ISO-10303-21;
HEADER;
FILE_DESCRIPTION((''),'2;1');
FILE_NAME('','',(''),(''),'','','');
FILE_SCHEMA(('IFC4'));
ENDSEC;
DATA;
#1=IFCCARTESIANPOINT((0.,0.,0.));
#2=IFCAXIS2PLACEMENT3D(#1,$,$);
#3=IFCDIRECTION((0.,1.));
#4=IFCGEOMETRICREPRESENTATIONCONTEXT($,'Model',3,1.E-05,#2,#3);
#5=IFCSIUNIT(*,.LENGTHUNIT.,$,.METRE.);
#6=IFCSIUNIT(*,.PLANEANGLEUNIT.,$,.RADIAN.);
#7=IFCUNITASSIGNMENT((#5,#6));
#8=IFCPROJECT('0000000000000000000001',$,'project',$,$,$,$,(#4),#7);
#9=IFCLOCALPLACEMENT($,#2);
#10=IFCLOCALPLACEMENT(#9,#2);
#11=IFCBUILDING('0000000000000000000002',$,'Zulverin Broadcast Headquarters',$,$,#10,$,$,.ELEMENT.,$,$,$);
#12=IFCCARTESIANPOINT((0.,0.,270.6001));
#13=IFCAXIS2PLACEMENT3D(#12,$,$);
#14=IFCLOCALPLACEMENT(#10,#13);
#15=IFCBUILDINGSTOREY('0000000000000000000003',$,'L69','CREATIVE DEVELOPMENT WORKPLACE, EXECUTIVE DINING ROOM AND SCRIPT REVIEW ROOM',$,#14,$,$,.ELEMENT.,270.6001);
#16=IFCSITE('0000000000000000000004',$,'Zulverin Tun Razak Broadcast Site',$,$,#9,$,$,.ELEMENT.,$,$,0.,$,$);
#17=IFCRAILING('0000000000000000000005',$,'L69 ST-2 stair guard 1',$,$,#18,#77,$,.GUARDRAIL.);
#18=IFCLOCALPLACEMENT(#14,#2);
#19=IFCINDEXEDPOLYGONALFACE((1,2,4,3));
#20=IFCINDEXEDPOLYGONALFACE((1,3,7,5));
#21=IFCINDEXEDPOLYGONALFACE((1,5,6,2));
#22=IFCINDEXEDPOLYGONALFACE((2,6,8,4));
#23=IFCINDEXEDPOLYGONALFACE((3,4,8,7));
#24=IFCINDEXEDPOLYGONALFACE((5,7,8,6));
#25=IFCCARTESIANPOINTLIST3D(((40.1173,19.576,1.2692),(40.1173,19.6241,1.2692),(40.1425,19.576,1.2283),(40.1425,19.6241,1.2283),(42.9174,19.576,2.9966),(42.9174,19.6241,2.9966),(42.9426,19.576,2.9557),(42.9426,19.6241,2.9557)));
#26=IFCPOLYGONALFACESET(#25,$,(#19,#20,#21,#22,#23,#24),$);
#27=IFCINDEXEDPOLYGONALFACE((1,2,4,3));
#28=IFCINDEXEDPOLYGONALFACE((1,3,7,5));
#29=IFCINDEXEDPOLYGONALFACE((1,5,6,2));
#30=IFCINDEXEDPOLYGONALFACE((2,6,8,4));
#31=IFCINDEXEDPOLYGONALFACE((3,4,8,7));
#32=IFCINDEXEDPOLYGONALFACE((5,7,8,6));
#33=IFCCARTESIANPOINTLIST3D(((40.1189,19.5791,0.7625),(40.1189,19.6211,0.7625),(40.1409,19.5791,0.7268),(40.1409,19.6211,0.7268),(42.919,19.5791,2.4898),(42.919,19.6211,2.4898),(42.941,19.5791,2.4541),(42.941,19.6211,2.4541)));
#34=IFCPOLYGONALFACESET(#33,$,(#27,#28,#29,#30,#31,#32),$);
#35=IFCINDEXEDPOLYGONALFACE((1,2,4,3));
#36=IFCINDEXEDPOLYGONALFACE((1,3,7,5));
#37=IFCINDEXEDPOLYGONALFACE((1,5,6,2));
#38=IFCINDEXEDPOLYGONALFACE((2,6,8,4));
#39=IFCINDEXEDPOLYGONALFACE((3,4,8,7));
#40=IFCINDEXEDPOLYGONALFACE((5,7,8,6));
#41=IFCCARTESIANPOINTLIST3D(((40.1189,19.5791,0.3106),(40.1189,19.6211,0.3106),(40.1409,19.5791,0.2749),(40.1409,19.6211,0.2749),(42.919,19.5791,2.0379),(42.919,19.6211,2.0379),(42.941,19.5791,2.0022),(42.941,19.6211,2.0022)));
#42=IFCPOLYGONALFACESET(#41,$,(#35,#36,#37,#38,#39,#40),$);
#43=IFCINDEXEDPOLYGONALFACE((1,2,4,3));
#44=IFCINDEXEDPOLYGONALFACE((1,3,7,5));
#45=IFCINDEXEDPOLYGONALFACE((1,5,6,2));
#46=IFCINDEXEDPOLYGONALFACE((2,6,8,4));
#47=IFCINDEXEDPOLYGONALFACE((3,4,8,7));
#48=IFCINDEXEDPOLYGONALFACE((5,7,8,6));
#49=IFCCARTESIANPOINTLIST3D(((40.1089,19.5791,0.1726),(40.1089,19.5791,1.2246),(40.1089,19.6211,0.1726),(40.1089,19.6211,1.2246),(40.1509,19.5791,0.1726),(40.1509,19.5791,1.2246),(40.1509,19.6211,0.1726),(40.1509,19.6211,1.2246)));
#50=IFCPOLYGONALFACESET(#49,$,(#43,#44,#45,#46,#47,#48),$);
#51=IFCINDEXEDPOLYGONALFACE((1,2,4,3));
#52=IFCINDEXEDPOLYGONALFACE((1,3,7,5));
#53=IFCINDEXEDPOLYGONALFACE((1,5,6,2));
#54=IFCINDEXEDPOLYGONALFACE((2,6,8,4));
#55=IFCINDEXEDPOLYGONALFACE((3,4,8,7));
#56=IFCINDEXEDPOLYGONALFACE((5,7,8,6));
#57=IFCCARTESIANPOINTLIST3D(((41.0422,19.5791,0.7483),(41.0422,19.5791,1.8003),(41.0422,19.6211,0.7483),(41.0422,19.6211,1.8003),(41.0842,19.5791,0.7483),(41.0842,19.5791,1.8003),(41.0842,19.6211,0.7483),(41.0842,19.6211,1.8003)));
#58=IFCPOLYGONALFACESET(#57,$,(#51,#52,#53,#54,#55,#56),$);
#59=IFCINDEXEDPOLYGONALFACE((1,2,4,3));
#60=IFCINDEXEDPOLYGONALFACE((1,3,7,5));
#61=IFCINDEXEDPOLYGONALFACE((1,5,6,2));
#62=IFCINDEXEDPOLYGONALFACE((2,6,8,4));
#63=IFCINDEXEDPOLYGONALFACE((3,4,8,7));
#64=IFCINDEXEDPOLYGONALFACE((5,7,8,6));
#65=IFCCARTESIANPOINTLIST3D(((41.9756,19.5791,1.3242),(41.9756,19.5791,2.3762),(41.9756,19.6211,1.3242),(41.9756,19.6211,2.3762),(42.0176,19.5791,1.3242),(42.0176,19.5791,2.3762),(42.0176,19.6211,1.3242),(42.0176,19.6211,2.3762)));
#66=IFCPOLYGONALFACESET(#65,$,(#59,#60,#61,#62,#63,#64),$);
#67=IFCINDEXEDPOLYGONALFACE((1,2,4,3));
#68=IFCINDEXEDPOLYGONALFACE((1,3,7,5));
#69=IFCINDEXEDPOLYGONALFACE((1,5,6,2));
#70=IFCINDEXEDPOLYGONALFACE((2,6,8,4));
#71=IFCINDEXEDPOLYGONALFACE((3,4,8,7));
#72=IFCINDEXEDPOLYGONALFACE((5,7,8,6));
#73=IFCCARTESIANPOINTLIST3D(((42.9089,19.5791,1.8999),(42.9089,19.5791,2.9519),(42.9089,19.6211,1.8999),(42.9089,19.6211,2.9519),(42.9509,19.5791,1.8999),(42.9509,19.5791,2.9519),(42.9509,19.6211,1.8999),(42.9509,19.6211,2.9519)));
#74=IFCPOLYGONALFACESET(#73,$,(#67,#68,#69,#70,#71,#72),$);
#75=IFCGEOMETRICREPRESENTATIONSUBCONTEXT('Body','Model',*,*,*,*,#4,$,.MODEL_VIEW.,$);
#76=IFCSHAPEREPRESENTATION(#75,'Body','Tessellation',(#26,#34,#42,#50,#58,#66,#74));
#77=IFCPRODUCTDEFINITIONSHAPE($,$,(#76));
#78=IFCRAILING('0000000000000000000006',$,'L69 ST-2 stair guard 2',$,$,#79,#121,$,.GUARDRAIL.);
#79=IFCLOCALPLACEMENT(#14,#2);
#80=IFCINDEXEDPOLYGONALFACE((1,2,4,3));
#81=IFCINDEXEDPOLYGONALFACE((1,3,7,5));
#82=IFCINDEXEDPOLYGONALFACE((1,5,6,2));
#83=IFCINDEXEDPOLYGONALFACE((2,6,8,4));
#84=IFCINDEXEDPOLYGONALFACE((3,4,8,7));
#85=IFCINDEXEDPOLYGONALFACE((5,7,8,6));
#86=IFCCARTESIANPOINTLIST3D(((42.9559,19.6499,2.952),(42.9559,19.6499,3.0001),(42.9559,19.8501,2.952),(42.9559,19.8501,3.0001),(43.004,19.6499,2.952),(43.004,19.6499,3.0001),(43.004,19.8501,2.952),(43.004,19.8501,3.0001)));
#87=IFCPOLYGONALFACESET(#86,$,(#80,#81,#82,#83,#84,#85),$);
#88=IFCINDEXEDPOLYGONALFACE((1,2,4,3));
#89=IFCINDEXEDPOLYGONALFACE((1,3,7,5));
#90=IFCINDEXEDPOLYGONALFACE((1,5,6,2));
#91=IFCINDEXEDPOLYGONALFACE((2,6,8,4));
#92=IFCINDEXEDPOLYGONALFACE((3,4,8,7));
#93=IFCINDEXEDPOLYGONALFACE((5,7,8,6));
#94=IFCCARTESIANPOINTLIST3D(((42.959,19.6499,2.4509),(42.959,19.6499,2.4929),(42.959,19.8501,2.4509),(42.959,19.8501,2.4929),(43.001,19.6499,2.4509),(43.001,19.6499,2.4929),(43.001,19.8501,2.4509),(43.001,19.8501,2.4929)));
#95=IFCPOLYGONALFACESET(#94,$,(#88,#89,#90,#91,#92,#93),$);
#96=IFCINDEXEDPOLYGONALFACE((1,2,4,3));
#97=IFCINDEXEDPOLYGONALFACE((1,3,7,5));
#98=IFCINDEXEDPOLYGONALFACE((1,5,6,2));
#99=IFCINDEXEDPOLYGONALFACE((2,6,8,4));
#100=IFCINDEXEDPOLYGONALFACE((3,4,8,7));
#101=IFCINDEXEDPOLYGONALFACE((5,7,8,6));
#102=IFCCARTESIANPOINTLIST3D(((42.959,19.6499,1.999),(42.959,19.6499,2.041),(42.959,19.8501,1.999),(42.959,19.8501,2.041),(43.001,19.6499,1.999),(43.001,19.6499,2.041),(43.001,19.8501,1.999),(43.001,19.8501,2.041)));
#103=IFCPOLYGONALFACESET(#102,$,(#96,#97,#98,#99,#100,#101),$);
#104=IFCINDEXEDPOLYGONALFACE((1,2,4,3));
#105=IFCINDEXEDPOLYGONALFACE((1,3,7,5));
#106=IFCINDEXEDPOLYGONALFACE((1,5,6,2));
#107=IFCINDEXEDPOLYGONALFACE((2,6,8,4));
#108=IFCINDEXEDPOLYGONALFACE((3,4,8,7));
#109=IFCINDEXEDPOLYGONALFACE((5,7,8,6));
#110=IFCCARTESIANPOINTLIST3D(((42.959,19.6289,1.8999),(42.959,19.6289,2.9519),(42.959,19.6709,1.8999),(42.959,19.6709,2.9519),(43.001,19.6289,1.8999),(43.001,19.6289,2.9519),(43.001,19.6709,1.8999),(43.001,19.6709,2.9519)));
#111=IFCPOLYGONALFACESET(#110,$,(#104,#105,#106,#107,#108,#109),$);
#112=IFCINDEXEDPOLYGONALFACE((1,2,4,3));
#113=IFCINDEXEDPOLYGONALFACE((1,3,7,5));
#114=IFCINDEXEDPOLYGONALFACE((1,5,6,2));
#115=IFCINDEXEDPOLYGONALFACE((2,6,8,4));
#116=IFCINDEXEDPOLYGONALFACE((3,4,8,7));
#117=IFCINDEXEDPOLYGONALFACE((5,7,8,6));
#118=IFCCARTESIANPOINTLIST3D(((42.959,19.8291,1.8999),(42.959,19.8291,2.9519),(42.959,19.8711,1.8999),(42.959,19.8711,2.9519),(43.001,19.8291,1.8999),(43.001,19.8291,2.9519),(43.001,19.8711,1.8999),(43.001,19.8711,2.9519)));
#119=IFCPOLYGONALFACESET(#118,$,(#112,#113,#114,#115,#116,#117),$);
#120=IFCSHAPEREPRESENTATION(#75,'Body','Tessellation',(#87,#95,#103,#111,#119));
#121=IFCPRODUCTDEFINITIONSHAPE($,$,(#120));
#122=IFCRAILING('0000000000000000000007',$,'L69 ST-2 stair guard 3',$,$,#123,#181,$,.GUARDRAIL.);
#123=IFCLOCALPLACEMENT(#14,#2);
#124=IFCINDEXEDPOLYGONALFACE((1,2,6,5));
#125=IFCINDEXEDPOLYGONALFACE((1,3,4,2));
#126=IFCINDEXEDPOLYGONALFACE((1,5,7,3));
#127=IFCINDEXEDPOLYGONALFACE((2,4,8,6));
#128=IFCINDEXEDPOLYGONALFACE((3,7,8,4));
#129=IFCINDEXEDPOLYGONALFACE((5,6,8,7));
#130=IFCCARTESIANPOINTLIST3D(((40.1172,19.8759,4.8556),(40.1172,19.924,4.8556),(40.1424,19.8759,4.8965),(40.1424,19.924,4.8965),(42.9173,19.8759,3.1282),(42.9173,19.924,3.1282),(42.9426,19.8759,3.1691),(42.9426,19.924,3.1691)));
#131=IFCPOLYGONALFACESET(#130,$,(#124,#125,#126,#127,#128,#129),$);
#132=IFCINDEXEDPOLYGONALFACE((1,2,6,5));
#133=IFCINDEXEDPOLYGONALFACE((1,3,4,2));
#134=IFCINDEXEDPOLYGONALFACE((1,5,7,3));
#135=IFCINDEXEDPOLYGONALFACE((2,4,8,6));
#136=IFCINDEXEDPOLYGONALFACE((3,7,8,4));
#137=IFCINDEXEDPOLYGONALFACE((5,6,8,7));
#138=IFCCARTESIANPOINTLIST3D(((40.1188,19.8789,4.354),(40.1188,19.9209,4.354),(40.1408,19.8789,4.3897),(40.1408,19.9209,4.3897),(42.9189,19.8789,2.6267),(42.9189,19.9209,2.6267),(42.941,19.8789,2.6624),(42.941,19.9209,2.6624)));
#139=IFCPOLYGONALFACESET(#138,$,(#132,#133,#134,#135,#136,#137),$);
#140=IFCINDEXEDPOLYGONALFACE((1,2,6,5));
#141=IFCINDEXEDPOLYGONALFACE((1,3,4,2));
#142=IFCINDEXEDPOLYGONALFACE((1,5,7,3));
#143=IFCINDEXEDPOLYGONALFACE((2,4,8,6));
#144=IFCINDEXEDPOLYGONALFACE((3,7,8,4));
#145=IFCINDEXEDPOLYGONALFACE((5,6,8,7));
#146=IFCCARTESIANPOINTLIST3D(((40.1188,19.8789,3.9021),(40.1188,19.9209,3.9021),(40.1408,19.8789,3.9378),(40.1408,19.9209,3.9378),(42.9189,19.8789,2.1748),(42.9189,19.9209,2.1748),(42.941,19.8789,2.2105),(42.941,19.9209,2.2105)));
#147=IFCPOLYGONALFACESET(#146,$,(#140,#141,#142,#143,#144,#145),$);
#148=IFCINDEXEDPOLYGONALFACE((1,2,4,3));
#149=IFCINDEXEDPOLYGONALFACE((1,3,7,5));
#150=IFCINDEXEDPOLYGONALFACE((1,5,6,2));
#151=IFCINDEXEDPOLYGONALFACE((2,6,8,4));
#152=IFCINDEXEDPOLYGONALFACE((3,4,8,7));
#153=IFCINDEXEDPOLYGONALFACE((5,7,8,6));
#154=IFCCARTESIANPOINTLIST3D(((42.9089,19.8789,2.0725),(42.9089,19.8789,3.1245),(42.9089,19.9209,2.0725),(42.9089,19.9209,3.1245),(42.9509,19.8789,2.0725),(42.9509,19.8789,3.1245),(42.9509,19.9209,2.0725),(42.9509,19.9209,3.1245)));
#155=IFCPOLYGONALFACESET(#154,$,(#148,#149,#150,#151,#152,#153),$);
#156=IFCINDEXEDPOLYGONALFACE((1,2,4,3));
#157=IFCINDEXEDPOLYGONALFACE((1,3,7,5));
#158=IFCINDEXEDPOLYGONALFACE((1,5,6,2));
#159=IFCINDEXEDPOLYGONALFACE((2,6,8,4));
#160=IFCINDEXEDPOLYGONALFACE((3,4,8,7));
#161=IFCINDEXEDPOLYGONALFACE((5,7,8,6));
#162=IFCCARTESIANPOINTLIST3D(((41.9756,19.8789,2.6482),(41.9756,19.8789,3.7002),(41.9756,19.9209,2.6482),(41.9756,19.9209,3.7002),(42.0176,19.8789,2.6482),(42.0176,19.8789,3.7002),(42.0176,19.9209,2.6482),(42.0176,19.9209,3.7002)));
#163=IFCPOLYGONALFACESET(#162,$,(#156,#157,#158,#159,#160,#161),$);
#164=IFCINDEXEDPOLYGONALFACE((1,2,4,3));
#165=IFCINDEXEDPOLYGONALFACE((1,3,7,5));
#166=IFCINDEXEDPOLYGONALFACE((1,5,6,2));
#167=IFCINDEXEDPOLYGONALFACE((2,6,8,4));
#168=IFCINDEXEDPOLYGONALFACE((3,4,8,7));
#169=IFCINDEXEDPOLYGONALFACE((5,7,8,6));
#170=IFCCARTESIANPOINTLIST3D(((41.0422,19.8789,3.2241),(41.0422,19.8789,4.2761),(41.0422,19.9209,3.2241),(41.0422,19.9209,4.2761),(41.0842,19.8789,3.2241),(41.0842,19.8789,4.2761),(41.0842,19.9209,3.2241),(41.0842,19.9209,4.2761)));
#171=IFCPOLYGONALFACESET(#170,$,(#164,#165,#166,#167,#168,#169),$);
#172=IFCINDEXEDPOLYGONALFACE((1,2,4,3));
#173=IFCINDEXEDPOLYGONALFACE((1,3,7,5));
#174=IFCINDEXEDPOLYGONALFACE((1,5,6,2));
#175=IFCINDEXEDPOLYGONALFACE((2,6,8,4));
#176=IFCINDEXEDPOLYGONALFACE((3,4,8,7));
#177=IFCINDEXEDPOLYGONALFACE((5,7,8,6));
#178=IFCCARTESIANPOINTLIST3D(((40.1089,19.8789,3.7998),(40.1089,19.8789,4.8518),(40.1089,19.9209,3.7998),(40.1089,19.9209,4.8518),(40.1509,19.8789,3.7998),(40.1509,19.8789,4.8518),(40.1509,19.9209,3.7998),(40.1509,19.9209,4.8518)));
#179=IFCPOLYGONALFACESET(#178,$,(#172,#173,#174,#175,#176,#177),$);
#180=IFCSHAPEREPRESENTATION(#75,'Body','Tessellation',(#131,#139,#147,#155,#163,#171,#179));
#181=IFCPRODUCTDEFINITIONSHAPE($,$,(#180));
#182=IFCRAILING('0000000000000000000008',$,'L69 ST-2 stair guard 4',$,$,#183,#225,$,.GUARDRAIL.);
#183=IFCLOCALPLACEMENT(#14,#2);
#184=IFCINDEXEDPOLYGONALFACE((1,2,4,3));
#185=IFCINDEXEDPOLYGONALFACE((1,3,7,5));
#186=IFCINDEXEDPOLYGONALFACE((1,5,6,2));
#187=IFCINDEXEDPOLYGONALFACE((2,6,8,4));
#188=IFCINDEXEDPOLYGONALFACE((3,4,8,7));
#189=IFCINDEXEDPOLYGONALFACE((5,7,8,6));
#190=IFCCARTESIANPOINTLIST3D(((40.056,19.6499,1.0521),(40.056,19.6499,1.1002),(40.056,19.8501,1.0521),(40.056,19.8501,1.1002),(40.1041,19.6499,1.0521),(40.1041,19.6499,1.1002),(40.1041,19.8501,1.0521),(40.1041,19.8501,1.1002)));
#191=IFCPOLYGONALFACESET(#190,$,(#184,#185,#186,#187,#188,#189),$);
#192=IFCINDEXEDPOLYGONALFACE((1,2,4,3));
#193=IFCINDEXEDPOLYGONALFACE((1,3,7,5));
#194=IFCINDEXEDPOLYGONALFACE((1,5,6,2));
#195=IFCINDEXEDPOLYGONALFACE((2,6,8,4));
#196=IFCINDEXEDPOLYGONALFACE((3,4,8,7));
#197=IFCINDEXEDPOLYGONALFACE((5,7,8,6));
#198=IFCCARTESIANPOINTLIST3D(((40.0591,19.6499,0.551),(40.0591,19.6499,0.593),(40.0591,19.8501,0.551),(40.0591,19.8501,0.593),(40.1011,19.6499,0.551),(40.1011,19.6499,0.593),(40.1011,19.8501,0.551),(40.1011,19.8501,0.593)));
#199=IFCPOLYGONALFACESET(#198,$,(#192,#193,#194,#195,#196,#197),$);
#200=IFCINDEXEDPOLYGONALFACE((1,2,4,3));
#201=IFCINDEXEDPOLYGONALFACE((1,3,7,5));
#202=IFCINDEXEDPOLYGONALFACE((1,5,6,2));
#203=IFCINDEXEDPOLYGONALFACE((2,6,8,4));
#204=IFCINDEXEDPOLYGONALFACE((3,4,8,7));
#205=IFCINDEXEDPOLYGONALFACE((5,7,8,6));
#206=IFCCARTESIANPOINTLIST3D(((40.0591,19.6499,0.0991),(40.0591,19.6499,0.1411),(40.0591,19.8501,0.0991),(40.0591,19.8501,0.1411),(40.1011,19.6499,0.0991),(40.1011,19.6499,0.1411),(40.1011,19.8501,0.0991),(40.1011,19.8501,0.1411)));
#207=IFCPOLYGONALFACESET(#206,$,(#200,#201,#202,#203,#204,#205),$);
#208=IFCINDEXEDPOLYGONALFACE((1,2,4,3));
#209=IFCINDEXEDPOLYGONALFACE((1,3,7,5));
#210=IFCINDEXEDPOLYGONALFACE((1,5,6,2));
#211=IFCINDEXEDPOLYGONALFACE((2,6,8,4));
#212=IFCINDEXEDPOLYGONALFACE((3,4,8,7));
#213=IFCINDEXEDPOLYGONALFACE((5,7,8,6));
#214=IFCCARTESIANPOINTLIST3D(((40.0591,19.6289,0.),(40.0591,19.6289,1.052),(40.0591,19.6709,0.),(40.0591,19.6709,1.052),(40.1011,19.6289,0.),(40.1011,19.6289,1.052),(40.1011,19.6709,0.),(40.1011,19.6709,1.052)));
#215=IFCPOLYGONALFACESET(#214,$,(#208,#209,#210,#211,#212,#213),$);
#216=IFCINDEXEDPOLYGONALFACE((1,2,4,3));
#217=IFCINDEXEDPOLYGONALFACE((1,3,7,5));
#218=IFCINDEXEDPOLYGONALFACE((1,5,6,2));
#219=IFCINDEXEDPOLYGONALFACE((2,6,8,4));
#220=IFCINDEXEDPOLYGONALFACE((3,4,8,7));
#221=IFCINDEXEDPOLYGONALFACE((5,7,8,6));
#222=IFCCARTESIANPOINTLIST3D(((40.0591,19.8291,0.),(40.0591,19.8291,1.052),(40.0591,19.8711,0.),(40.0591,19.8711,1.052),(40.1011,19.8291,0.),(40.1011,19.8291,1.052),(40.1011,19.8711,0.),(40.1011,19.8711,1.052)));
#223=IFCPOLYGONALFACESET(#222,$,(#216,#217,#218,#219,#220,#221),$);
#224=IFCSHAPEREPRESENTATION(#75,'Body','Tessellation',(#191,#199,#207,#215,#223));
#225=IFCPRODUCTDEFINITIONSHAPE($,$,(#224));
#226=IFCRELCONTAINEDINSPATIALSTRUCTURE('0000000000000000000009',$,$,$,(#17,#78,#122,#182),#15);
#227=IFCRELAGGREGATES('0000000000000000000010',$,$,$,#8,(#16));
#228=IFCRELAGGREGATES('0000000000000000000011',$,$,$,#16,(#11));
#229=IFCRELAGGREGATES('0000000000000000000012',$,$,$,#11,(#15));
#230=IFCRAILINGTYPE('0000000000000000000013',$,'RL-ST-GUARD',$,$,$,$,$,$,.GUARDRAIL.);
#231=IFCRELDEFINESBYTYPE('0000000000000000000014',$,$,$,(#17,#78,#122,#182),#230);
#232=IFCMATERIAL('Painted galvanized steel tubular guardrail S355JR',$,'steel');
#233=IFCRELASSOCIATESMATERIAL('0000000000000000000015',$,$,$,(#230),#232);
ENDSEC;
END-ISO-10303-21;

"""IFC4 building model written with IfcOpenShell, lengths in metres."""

from ifc_helpers import new_model, si_unit, direction, frame, origin, origin_2d, place, context, subcontext, project, spatial, rectangle, extrude, material, type_object, element, save


model = new_model("IFC4")

# Units and contexts
model_context = context("Model", 3, precision=1e-05, world=origin(), true_north=direction((0.0, 1.0)))
body_context = subcontext(model_context, "Body", "Model", "MODEL_VIEW")
ifc_project = project(units=[si_unit("LENGTHUNIT", "METRE"), si_unit("PLANEANGLEUNIT", "RADIAN")], contexts=[model_context])

# Site, building, storey
site_placement = place(None, origin())
site = spatial("IfcSite", under=ifc_project, at=site_placement, Name="Zulverin Tun Razak Broadcast Site", CompositionType="ELEMENT", RefElevation=0.0)
building_placement = place(site_placement, origin())
building = spatial("IfcBuilding", under=site, at=building_placement, Name="Zulverin Broadcast Headquarters", CompositionType="ELEMENT")
storey_placement = place(building_placement, frame((0.0, 0.0, 270.6001)))
storey = spatial("IfcBuildingStorey", under=building, at=storey_placement, Name="L69", Description="CREATIVE DEVELOPMENT WORKPLACE, EXECUTIVE DINING ROOM AND SCRIPT REVIEW ROOM", CompositionType="ELEMENT", Elevation=270.6001)

# Railings
ifc_material_1 = material(Name="Painted galvanized steel tubular guardrail S355JR", Category="steel")
railing_type_1 = type_object("IfcRailingType", Name="RL-ST-GUARD", PredefinedType="GUARDRAIL", material=ifc_material_1)
railing_1_placement = place(storey_placement, frame((40.1299, 19.6001, 0.1726)))
element("IfcRailing", 1, at=railing_1_placement, inside=storey, type_object=railing_type_1, Name="L69 ST-2 stair guard 1", PredefinedType="GUARDRAIL", context=body_context, shape_type="SweptSolid", body=[
    extrude(rectangle(XDim=0.0481, YDim=0.0481, at=origin_2d()), frame((0.0, 0.0, 1.0762), z_axis=(0.85109, 0.0, 0.52502), x_axis=(0.0, 1.0, 0.0)), (0.0, 0.0, 1.0), 3.29),
    extrude(rectangle(XDim=0.042, YDim=0.042, at=origin_2d()), frame((0.0, 0.0, 0.572), z_axis=(0.85109, 0.0, 0.52502), x_axis=(0.0, 1.0, 0.0)), (0.0, 0.0, 1.0), 3.29),
    extrude(rectangle(XDim=0.042, YDim=0.042, at=origin_2d()), frame((0.0, 0.0, 0.1201), z_axis=(0.85109, 0.0, 0.52502), x_axis=(0.0, 1.0, 0.0)), (0.0, 0.0, 1.0), 3.29),
    extrude(rectangle(XDim=0.042, YDim=0.042, at=origin_2d()), origin(), (0.0, 0.0, 1.0), 1.052),
    extrude(rectangle(XDim=0.042, YDim=0.042, at=origin_2d()), frame((0.9333, 0.0, 0.5757)), (0.0, 0.0, 1.0), 1.052),
    extrude(rectangle(XDim=0.042, YDim=0.042, at=origin_2d()), frame((1.8667, 0.0, 1.1516)), (0.0, 0.0, 1.0), 1.052),
    extrude(rectangle(XDim=0.042, YDim=0.042, at=origin_2d()), frame((2.8, 0.0, 1.7273)), (0.0, 0.0, 1.0), 1.052),
])
railing_2_placement = place(storey_placement, frame((42.98, 19.6499, 1.8999)))
element("IfcRailing", 2, at=railing_2_placement, inside=storey, type_object=railing_type_1, Name="L69 ST-2 stair guard 2", PredefinedType="GUARDRAIL", context=body_context, shape_type="SweptSolid", body=[
    extrude(rectangle(XDim=0.0481, YDim=0.0481, at=origin_2d()), frame((0.0, 0.0, 1.0762), z_axis=(0.0, 1.0, 0.0), x_axis=(-1.0, 0.0, 0.0)), (0.0, 0.0, 1.0), 0.2002),
    extrude(rectangle(XDim=0.042, YDim=0.042, at=origin_2d()), frame((0.0, 0.0, 0.572), z_axis=(0.0, 1.0, 0.0), x_axis=(-1.0, 0.0, 0.0)), (0.0, 0.0, 1.0), 0.2002),
    extrude(rectangle(XDim=0.042, YDim=0.042, at=origin_2d()), frame((0.0, 0.0, 0.1201), z_axis=(0.0, 1.0, 0.0), x_axis=(-1.0, 0.0, 0.0)), (0.0, 0.0, 1.0), 0.2002),
    extrude(rectangle(XDim=0.042, YDim=0.042, at=origin_2d()), origin(), (0.0, 0.0, 1.0), 1.052),
    extrude(rectangle(XDim=0.042, YDim=0.042, at=origin_2d()), frame((0.0, 0.2002, 0.0)), (0.0, 0.0, 1.0), 1.052),
])
railing_3_placement = place(storey_placement, frame((42.9299, 19.8999, 2.0725)))
element("IfcRailing", 3, at=railing_3_placement, inside=storey, type_object=railing_type_1, Name="L69 ST-2 stair guard 3", PredefinedType="GUARDRAIL", context=body_context, shape_type="SweptSolid", body=[
    extrude(rectangle(XDim=0.0481, YDim=0.0481, at=origin_2d()), frame((0.0, 0.0, 1.0762), z_axis=(-0.85109, 0.0, 0.52502), x_axis=(0.0, -1.0, 0.0)), (0.0, 0.0, 1.0), 3.29),
    extrude(rectangle(XDim=0.042, YDim=0.042, at=origin_2d()), frame((0.0, 0.0, 0.572), z_axis=(-0.85109, 0.0, 0.52502), x_axis=(0.0, -1.0, 0.0)), (0.0, 0.0, 1.0), 3.29),
    extrude(rectangle(XDim=0.042, YDim=0.042, at=origin_2d()), frame((0.0, 0.0, 0.1201), z_axis=(-0.85109, 0.0, 0.52502), x_axis=(0.0, -1.0, 0.0)), (0.0, 0.0, 1.0), 3.29),
    extrude(rectangle(XDim=0.042, YDim=0.042, at=origin_2d()), origin(), (0.0, 0.0, 1.0), 1.052),
    extrude(rectangle(XDim=0.042, YDim=0.042, at=origin_2d()), frame((-0.9333, 0.0, 0.5757)), (0.0, 0.0, 1.0), 1.052),
    extrude(rectangle(XDim=0.042, YDim=0.042, at=origin_2d()), frame((-1.8667, 0.0, 1.1516)), (0.0, 0.0, 1.0), 1.052),
    extrude(rectangle(XDim=0.042, YDim=0.042, at=origin_2d()), frame((-2.8, 0.0, 1.7273)), (0.0, 0.0, 1.0), 1.052),
])
railing_4_placement = place(storey_placement, frame((40.0801, 19.6499, 0.0)))
element("IfcRailing", 4, at=railing_4_placement, inside=storey, type_object=railing_type_1, Name="L69 ST-2 stair guard 4", PredefinedType="GUARDRAIL", context=body_context, shape_type="SweptSolid", body=[
    extrude(rectangle(XDim=0.0481, YDim=0.0481, at=origin_2d()), frame((0.0, 0.0, 1.0762), z_axis=(0.0, 1.0, 0.0), x_axis=(-1.0, 0.0, 0.0)), (0.0, 0.0, 1.0), 0.2002),
    extrude(rectangle(XDim=0.042, YDim=0.042, at=origin_2d()), frame((0.0, 0.0, 0.572), z_axis=(0.0, 1.0, 0.0), x_axis=(-1.0, 0.0, 0.0)), (0.0, 0.0, 1.0), 0.2002),
    extrude(rectangle(XDim=0.042, YDim=0.042, at=origin_2d()), frame((0.0, 0.0, 0.1201), z_axis=(0.0, 1.0, 0.0), x_axis=(-1.0, 0.0, 0.0)), (0.0, 0.0, 1.0), 0.2002),
    extrude(rectangle(XDim=0.042, YDim=0.042, at=origin_2d()), origin(), (0.0, 0.0, 1.0), 1.052),
    extrude(rectangle(XDim=0.042, YDim=0.042, at=origin_2d()), frame((0.0, 0.2002, 0.0)), (0.0, 0.0, 1.0), 1.052),
])

save(model, "model.ifc")
